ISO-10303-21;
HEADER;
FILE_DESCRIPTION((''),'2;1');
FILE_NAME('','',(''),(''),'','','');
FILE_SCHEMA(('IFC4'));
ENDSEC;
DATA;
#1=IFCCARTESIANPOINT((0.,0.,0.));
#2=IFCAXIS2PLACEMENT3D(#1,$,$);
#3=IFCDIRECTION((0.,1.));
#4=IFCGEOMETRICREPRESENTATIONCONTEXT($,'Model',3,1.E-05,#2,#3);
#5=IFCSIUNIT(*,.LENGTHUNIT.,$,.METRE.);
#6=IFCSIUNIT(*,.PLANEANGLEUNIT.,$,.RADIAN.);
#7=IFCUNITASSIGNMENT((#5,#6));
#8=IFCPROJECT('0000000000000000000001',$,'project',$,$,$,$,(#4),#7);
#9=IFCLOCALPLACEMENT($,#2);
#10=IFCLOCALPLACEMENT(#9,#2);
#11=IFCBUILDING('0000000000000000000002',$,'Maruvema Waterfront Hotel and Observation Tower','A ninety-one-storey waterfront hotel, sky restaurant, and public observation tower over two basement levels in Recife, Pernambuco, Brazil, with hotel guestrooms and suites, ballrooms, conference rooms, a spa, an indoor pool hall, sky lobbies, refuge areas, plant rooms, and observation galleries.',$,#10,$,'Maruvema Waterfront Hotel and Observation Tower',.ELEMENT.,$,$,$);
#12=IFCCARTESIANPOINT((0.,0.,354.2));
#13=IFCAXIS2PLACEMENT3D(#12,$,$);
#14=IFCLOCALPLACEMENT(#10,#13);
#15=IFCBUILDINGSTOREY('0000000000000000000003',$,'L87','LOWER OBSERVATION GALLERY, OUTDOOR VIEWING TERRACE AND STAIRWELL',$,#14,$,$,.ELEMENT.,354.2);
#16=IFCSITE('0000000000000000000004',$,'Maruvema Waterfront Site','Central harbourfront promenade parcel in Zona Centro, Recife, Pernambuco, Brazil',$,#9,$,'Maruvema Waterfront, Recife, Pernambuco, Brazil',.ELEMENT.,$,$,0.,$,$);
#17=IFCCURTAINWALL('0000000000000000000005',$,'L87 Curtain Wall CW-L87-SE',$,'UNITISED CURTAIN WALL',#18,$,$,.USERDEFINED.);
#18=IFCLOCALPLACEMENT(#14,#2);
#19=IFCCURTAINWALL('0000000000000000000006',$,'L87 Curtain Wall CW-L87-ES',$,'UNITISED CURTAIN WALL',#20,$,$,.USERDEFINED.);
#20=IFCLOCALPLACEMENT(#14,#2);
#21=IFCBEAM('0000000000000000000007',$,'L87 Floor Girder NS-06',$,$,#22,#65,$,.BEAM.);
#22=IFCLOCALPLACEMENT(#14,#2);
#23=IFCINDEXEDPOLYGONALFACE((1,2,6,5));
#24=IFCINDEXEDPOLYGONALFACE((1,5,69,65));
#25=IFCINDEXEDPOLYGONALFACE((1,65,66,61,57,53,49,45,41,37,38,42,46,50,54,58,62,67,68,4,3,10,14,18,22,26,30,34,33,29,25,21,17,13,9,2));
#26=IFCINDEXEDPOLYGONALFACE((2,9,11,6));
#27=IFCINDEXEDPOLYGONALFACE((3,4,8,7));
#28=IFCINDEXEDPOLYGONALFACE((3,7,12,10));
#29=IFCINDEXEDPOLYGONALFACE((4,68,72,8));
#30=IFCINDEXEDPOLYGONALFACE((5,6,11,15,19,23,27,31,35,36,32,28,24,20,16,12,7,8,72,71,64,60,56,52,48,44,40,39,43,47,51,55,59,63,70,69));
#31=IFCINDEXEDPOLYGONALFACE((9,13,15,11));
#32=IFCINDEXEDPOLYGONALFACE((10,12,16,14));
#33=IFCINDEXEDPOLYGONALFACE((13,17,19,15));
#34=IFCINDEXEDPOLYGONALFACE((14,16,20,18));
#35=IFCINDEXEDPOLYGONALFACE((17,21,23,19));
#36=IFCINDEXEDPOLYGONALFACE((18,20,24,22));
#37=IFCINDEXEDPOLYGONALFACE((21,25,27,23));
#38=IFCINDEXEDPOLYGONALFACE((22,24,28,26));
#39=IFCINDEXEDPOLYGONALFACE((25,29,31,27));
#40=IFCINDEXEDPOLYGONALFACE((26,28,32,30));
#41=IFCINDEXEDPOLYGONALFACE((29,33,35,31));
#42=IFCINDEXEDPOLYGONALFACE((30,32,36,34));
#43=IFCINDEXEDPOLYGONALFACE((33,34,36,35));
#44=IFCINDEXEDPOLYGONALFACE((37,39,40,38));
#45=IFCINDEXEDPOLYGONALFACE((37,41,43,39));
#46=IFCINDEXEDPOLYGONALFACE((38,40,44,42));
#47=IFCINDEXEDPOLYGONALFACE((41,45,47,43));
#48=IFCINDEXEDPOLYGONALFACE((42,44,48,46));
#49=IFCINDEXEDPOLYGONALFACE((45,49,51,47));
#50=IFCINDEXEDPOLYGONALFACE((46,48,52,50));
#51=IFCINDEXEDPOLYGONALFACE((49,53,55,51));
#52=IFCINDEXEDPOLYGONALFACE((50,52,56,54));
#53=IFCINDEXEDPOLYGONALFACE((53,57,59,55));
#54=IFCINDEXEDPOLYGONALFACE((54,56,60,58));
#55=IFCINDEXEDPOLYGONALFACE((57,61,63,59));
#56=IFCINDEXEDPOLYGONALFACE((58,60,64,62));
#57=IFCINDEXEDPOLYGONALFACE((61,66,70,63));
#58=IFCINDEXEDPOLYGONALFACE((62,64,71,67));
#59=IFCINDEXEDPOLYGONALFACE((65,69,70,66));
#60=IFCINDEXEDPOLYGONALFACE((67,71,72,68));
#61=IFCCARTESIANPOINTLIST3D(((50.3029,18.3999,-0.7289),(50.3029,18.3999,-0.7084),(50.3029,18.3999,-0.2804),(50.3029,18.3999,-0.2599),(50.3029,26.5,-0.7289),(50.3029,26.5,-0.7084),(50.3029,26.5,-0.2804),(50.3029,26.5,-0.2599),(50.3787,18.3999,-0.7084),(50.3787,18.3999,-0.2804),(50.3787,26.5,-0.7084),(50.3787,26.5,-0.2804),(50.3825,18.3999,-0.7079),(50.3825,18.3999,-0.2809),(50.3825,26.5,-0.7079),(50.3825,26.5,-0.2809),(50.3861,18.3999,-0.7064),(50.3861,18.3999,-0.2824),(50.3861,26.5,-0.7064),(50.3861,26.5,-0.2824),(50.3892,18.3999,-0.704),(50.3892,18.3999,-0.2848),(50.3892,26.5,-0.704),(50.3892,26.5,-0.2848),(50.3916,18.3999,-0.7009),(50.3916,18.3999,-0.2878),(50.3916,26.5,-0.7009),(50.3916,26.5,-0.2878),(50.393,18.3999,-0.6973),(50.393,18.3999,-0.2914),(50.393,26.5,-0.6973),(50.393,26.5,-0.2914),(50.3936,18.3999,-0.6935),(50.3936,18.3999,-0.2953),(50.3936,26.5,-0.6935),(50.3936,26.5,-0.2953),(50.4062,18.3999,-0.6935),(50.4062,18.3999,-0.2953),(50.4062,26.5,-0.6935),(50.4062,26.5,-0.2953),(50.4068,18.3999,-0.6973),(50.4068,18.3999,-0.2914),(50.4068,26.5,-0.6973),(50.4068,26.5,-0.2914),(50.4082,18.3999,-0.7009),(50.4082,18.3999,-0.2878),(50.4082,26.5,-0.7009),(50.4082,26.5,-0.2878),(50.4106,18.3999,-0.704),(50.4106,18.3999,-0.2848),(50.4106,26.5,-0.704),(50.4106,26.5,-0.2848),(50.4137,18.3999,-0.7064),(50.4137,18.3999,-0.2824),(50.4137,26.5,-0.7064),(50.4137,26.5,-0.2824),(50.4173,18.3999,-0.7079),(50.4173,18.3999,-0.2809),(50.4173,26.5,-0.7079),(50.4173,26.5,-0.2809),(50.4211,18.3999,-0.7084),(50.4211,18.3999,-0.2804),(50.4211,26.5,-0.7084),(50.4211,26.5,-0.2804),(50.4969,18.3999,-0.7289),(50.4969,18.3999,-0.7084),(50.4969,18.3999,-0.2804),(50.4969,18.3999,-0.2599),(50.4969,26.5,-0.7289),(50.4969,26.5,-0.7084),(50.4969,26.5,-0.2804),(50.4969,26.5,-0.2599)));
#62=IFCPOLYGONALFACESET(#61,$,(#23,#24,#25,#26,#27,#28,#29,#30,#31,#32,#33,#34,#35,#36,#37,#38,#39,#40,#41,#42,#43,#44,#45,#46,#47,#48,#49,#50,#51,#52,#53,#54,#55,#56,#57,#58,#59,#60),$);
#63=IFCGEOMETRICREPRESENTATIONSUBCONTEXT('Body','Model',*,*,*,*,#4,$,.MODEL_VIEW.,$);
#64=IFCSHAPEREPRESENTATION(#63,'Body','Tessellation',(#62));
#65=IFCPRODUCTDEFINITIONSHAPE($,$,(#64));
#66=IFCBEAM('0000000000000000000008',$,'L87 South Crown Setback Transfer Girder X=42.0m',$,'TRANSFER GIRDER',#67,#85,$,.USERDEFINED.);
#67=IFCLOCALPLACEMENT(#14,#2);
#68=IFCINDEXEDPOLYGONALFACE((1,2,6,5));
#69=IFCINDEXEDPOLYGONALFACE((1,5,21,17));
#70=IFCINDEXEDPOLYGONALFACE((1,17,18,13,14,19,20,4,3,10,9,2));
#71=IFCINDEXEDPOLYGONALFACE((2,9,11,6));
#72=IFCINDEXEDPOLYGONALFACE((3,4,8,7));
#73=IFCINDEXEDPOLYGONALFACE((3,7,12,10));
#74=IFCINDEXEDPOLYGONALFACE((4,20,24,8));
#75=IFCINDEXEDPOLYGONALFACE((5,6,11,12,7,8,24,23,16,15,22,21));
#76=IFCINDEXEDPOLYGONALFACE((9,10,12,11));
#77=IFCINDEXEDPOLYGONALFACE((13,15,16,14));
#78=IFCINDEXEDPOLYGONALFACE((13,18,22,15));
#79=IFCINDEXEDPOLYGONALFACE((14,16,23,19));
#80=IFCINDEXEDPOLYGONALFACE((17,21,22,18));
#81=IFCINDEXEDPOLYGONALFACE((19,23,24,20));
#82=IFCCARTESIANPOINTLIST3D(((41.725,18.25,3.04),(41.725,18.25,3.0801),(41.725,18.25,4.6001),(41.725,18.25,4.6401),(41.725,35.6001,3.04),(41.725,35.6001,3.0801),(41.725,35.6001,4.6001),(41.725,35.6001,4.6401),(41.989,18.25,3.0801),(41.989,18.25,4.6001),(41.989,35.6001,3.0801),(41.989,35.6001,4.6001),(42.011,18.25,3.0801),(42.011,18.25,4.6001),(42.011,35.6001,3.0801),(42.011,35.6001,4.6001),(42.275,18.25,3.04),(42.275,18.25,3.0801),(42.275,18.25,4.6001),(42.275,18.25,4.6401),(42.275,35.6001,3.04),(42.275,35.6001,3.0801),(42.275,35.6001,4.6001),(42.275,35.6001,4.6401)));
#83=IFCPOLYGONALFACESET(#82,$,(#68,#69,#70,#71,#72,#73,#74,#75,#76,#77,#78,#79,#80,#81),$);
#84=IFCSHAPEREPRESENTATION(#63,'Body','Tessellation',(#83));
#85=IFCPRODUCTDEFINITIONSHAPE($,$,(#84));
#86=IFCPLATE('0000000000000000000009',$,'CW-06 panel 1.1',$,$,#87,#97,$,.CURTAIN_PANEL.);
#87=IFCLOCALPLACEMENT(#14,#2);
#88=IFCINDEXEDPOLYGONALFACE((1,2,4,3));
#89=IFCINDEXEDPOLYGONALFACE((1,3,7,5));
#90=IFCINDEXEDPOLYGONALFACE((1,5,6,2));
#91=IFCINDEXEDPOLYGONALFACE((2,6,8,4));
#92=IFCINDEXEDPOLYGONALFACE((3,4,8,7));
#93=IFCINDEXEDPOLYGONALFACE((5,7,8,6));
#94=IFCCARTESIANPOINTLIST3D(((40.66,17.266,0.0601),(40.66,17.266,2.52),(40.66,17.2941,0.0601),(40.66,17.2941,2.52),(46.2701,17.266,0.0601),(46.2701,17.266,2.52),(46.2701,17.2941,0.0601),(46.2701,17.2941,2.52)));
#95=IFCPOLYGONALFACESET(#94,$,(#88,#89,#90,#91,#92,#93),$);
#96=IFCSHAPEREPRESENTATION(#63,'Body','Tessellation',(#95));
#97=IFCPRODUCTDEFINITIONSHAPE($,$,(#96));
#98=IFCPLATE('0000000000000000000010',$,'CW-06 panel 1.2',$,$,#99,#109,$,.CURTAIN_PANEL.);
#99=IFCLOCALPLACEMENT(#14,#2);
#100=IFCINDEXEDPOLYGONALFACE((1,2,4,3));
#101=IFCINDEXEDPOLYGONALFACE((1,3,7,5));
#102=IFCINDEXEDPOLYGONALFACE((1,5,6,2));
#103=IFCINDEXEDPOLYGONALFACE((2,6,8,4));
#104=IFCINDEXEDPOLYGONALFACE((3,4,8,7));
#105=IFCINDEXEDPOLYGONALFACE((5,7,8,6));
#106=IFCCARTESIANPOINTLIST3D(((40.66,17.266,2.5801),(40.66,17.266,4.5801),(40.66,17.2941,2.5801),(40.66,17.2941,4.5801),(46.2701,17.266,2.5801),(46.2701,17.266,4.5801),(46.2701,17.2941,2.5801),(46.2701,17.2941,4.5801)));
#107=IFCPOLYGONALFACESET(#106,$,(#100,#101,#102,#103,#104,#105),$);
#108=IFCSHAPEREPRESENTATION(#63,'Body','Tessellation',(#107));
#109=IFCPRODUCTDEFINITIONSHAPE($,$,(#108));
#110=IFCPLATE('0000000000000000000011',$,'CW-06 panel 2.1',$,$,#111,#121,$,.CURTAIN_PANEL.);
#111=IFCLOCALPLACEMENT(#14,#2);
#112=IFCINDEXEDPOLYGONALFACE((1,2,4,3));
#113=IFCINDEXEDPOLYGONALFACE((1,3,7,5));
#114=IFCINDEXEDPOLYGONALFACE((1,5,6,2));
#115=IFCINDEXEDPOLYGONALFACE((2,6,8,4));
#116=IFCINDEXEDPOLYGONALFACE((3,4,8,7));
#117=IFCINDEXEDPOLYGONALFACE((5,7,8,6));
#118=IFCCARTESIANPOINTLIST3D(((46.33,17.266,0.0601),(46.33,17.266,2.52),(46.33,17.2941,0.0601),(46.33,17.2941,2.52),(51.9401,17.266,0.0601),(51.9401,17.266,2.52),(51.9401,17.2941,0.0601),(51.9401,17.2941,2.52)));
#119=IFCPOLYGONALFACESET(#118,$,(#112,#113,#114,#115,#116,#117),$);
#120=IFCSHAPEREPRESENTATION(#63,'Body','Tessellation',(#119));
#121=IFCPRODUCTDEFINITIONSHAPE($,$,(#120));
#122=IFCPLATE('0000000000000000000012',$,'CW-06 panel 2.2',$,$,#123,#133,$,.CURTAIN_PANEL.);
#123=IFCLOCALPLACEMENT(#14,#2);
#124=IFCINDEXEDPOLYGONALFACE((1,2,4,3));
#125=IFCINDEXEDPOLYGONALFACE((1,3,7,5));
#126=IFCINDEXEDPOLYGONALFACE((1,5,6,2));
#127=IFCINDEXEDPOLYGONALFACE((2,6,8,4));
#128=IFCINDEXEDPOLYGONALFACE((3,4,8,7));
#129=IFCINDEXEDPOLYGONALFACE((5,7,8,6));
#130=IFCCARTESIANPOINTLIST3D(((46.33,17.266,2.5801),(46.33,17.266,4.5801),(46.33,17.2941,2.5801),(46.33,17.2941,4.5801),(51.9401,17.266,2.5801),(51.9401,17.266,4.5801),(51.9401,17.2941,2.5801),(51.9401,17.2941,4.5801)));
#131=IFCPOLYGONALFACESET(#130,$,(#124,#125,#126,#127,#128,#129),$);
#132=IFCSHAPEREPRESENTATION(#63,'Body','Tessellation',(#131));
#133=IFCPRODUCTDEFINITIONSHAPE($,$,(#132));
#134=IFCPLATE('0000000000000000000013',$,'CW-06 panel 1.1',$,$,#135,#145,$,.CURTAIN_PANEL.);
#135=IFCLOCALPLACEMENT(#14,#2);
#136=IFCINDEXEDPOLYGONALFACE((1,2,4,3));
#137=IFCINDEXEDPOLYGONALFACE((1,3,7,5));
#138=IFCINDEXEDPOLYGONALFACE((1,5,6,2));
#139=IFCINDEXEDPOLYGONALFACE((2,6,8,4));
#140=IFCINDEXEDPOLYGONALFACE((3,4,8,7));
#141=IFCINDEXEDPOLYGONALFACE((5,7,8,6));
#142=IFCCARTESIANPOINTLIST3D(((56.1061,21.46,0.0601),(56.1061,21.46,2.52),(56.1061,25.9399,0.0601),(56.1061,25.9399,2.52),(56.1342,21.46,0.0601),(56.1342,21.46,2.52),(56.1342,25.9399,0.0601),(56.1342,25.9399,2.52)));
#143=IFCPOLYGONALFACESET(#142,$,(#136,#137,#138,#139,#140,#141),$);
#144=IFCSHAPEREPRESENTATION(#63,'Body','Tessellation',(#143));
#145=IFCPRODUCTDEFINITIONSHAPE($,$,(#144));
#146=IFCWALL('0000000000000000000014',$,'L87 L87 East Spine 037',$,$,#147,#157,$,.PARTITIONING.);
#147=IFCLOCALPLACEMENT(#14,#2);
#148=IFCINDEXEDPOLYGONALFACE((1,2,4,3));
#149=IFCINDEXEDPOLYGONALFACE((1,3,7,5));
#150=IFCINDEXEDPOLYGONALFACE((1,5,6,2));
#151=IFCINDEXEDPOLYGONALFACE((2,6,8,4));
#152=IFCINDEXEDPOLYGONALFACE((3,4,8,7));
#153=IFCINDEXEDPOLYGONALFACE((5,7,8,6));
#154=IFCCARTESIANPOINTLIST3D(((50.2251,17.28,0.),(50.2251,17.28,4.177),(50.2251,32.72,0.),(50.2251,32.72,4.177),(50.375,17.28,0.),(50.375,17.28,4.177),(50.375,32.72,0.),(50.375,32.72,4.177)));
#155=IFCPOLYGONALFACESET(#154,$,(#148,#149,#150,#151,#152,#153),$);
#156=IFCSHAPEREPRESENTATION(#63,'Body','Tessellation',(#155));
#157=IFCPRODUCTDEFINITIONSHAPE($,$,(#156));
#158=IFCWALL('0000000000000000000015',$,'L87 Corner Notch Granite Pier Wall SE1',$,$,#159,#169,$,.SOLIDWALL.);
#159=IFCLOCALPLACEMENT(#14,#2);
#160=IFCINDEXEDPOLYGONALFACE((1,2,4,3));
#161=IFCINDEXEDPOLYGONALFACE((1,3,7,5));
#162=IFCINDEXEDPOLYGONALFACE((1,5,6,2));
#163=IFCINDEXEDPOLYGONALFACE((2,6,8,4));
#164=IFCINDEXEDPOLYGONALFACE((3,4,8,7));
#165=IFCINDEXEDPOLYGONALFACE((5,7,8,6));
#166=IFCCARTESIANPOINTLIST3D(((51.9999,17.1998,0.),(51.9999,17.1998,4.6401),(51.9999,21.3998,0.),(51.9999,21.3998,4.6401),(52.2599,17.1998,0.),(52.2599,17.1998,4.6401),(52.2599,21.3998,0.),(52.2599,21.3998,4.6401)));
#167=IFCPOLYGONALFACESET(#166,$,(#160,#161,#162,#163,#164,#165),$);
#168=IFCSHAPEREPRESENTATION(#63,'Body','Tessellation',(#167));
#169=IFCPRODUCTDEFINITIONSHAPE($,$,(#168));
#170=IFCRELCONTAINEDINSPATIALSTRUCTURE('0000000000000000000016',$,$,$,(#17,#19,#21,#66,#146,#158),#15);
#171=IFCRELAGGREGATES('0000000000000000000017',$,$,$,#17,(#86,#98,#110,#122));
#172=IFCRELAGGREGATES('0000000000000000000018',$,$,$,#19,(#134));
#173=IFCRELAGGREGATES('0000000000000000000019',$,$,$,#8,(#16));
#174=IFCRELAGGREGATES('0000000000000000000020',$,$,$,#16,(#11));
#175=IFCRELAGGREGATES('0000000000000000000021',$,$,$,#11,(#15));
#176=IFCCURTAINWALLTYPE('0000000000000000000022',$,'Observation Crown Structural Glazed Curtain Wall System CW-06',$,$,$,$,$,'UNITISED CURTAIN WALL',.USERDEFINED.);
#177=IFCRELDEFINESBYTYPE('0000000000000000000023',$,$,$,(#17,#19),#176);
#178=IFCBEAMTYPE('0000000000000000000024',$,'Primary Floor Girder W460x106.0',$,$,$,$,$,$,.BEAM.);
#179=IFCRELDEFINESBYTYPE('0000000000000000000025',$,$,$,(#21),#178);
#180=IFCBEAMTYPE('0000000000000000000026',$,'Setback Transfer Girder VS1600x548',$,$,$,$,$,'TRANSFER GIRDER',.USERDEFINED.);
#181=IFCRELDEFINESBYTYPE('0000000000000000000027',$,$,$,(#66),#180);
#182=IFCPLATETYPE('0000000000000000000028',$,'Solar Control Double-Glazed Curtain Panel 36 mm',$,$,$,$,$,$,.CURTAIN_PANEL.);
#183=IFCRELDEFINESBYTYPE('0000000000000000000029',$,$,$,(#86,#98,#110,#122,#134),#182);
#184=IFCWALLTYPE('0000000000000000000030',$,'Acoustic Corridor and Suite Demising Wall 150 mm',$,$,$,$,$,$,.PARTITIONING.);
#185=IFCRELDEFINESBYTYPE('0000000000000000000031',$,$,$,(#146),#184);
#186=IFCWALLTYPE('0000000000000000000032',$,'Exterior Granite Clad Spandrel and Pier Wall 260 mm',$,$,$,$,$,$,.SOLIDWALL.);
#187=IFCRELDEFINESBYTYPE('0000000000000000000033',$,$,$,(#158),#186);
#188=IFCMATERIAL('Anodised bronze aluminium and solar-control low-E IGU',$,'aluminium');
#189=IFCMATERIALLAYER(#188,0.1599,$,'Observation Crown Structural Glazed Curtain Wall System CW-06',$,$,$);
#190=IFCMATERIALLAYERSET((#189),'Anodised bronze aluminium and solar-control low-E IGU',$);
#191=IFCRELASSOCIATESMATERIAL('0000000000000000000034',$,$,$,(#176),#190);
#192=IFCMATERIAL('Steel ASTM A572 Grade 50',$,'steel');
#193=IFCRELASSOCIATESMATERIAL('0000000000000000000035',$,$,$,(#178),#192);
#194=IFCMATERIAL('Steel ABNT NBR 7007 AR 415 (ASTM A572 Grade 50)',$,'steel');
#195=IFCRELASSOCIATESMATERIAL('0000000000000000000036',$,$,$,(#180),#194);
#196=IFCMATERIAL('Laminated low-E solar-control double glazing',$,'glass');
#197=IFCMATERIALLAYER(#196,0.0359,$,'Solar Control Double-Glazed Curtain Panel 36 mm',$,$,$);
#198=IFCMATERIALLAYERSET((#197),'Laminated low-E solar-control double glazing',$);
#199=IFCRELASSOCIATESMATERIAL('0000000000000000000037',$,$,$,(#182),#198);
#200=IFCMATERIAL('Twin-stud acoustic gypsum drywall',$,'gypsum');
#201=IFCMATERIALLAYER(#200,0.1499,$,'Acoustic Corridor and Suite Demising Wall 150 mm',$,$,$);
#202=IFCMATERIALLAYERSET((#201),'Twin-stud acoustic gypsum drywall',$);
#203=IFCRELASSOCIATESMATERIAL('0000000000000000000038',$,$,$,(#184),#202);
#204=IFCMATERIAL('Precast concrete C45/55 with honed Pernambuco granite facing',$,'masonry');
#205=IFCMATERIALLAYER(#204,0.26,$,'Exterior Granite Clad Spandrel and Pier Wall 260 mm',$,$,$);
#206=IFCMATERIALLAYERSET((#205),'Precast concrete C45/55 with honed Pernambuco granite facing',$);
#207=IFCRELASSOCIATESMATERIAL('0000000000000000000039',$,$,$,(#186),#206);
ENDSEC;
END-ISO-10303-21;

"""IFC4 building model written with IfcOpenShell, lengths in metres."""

from ifc_helpers import new_model, si_unit, direction, frame, frame_2d, origin, origin_2d, place, context, subcontext, project, spatial, rectangle, i_section, extrude, material, layer, layer_set, material_profile, profile_set, type_object, element, aggregate, save


model = new_model("IFC4")

# Units and contexts
model_context = context("Model", 3, precision=1e-05, world=origin(), true_north=direction((0.0, 1.0)))
body_context = subcontext(model_context, "Body", "Model", "MODEL_VIEW")
ifc_project = project(units=[si_unit("LENGTHUNIT", "METRE"), si_unit("PLANEANGLEUNIT", "RADIAN")], contexts=[model_context])

# Site, building, storey
site_placement = place(None, origin())
site = spatial("IfcSite", under=ifc_project, at=site_placement, Name="Maruvema Waterfront Site", Description="Central harbourfront promenade parcel in Zona Centro, Recife, Pernambuco, Brazil", LongName="Maruvema Waterfront, Recife, Pernambuco, Brazil", CompositionType="ELEMENT", RefElevation=0.0)
building_placement = place(site_placement, origin())
building = spatial("IfcBuilding", under=site, at=building_placement, Name="Maruvema Waterfront Hotel and Observation Tower", Description="A ninety-one-storey waterfront hotel, sky restaurant, and public observation tower over two basement levels in Recife, Pernambuco, Brazil, with hotel guestrooms and suites, ballrooms, conference rooms, a spa, an indoor pool hall, sky lobbies, refuge areas, plant rooms, and observation galleries.", LongName="Maruvema Waterfront Hotel and Observation Tower", CompositionType="ELEMENT")
storey_placement = place(building_placement, frame((0.0, 0.0, 354.2)))
storey = spatial("IfcBuildingStorey", under=building, at=storey_placement, Name="L87", Description="LOWER OBSERVATION GALLERY, OUTDOOR VIEWING TERRACE AND STAIRWELL", CompositionType="ELEMENT", Elevation=354.2)

# Curtain walls
ifc_material_1 = material(Name="Anodised bronze aluminium and solar-control low-E IGU", Category="aluminium")
ifc_layer_1 = layer(ifc_material_1, 0.1599, Name="Observation Crown Structural Glazed Curtain Wall System CW-06")
ifc_layer_set_1 = layer_set([ifc_layer_1], Name="Anodised bronze aluminium and solar-control low-E IGU")
curtain_wall_type = type_object("IfcCurtainWallType", Name="Observation Crown Structural Glazed Curtain Wall System CW-06", ElementType="UNITISED CURTAIN WALL", PredefinedType="USERDEFINED", material=ifc_layer_set_1)
curtain_wall_1_placement = place(storey_placement, origin())
curtain_wall_1 = element("IfcCurtainWall", 1, at=curtain_wall_1_placement, inside=storey, type_object=curtain_wall_type, Name="L87 Curtain Wall CW-L87-SE", ObjectType="UNITISED CURTAIN WALL", PredefinedType="USERDEFINED")
curtain_wall_2_placement = place(storey_placement, origin())
curtain_wall_2 = element("IfcCurtainWall", 2, at=curtain_wall_2_placement, inside=storey, type_object=curtain_wall_type, Name="L87 Curtain Wall CW-L87-ES", ObjectType="UNITISED CURTAIN WALL", PredefinedType="USERDEFINED")

# Beams
ifc_material_2 = material(Name="Steel ASTM A572 Grade 50", Category="steel")
ifc_material_profile_1 = material_profile(ifc_material_2, i_section(OverallWidth=0.1941, OverallDepth=0.469, WebThickness=0.0127, FlangeThickness=0.0205, FilletRadius=0.0149, at=origin_2d()), Name="W460x106.0")
ifc_profile_set_1 = profile_set([ifc_material_profile_1], Name="Steel ASTM A572 Grade 50")
beam_type_1 = type_object("IfcBeamType", Name="Primary Floor Girder W460x106.0", PredefinedType="BEAM", material=ifc_profile_set_1)
beam_1_placement = place(storey_placement, frame((50.3999, 18.3999, -0.4944), z_axis=(0.0, 1.0, 0.0), x_axis=(-1.0, 0.0, 0.0)))
element("IfcBeam", 3, at=beam_1_placement, inside=storey, type_object=beam_type_1, Name="L87 Floor Girder NS-06", PredefinedType="BEAM", context=body_context, shape_type="SweptSolid", body=[
    extrude(i_section(OverallWidth=0.1941, OverallDepth=0.469, WebThickness=0.0127, FlangeThickness=0.0205, FilletRadius=0.0149, at=origin_2d()), origin(), (0.0, 0.0, 1.0), 8.1001),
])
ifc_material_3 = material(Name="Steel ABNT NBR 7007 AR 415 (ASTM A572 Grade 50)", Category="steel")
ifc_material_profile_2 = material_profile(ifc_material_3, i_section(OverallWidth=0.55, OverallDepth=1.6001, WebThickness=0.022, FlangeThickness=0.04, at=origin_2d()), Name="VS1600x548")
ifc_profile_set_2 = profile_set([ifc_material_profile_2], Name="Steel ABNT NBR 7007 AR 415 (ASTM A572 Grade 50)")
beam_type_2 = type_object("IfcBeamType", Name="Setback Transfer Girder VS1600x548", ElementType="TRANSFER GIRDER", PredefinedType="USERDEFINED", material=ifc_profile_set_2)
beam_2_placement = place(storey_placement, frame((42.0, 18.25, 3.8401), z_axis=(0.0, 1.0, 0.0), x_axis=(-1.0, 0.0, 0.0)))
element("IfcBeam", 4, at=beam_2_placement, inside=storey, type_object=beam_type_2, Name="L87 South Crown Setback Transfer Girder X=42.0m", ObjectType="TRANSFER GIRDER", PredefinedType="USERDEFINED", context=body_context, shape_type="SweptSolid", body=[
    extrude(i_section(OverallWidth=0.55, OverallDepth=1.6001, WebThickness=0.022, FlangeThickness=0.04, at=origin_2d()), origin(), (0.0, 0.0, 1.0), 17.3501),
])

# Plates
ifc_material_4 = material(Name="Laminated low-E solar-control double glazing", Category="glass")
ifc_layer_2 = layer(ifc_material_4, 0.0359, Name="Solar Control Double-Glazed Curtain Panel 36 mm")
ifc_layer_set_2 = layer_set([ifc_layer_2], Name="Laminated low-E solar-control double glazing")
plate_type = type_object("IfcPlateType", Name="Solar Control Double-Glazed Curtain Panel 36 mm", PredefinedType="CURTAIN_PANEL", material=ifc_layer_set_2)
plate_1_placement = place(storey_placement, frame((43.4651, 17.28, 0.0601), z_axis=(0.0, 0.0, 1.0), x_axis=(1.0, 0.0, 0.0)))
plate_1 = element("IfcPlate", 5, at=plate_1_placement, type_object=plate_type, Name="CW-06 panel 1.1", PredefinedType="CURTAIN_PANEL", context=body_context, shape_type="SweptSolid", body=[
    extrude(rectangle(XDim=5.6101, YDim=0.0281, at=origin_2d()), origin(), (0.0, 0.0, 1.0), 2.46),
])
plate_2_placement = place(storey_placement, frame((43.4651, 17.28, 2.5801), z_axis=(0.0, 0.0, 1.0), x_axis=(1.0, 0.0, 0.0)))
plate_2 = element("IfcPlate", 6, at=plate_2_placement, type_object=plate_type, Name="CW-06 panel 1.2", PredefinedType="CURTAIN_PANEL", context=body_context, shape_type="SweptSolid", body=[
    extrude(rectangle(XDim=5.6101, YDim=0.0281, at=origin_2d()), origin(), (0.0, 0.0, 1.0), 2.0),
])
plate_3_placement = place(storey_placement, frame((49.135, 17.28, 0.0601), z_axis=(0.0, 0.0, 1.0), x_axis=(1.0, 0.0, 0.0)))
plate_3 = element("IfcPlate", 7, at=plate_3_placement, type_object=plate_type, Name="CW-06 panel 2.1", PredefinedType="CURTAIN_PANEL", context=body_context, shape_type="SweptSolid", body=[
    extrude(rectangle(XDim=5.6101, YDim=0.0281, at=origin_2d()), origin(), (0.0, 0.0, 1.0), 2.46),
])
plate_4_placement = place(storey_placement, frame((49.135, 17.28, 2.5801), z_axis=(0.0, 0.0, 1.0), x_axis=(1.0, 0.0, 0.0)))
plate_4 = element("IfcPlate", 8, at=plate_4_placement, type_object=plate_type, Name="CW-06 panel 2.2", PredefinedType="CURTAIN_PANEL", context=body_context, shape_type="SweptSolid", body=[
    extrude(rectangle(XDim=5.6101, YDim=0.0281, at=origin_2d()), origin(), (0.0, 0.0, 1.0), 2.0),
])
aggregate(curtain_wall_1, [plate_1, plate_2, plate_3, plate_4])
plate_5_placement = place(storey_placement, frame((56.1201, 23.7, 0.0601), z_axis=(0.0, 0.0, 1.0), x_axis=(0.0, 1.0, 0.0)))
plate_5 = element("IfcPlate", 9, at=plate_5_placement, type_object=plate_type, Name="CW-06 panel 1.1", PredefinedType="CURTAIN_PANEL", context=body_context, shape_type="SweptSolid", body=[
    extrude(rectangle(XDim=4.48, YDim=0.0281, at=origin_2d()), origin(), (0.0, 0.0, 1.0), 2.46),
])
aggregate(curtain_wall_2, [plate_5])

# Walls
ifc_material_5 = material(Name="Twin-stud acoustic gypsum drywall", Category="gypsum")
ifc_layer_3 = layer(ifc_material_5, 0.1499, Name="Acoustic Corridor and Suite Demising Wall 150 mm")
ifc_layer_set_3 = layer_set([ifc_layer_3], Name="Twin-stud acoustic gypsum drywall")
wall_type_1 = type_object("IfcWallType", Name="Acoustic Corridor and Suite Demising Wall 150 mm", PredefinedType="PARTITIONING", material=ifc_layer_set_3)
wall_1_placement = place(storey_placement, frame((50.3, 17.28, 0.0), z_axis=(0.0, 0.0, 1.0), x_axis=(0.0, 1.0, 0.0)))
element("IfcWall", 10, at=wall_1_placement, inside=storey, type_object=wall_type_1, Name="L87 L87 East Spine 037", PredefinedType="PARTITIONING", context=body_context, shape_type="SweptSolid", body=[
    extrude(rectangle(XDim=15.4399, YDim=0.1499, at=frame_2d((7.72, 0.0))), origin(), (0.0, 0.0, 1.0), 4.177),
])
ifc_material_6 = material(Name="Precast concrete C45/55 with honed Pernambuco granite facing", Category="masonry")
ifc_layer_4 = layer(ifc_material_6, 0.26, Name="Exterior Granite Clad Spandrel and Pier Wall 260 mm")
ifc_layer_set_4 = layer_set([ifc_layer_4], Name="Precast concrete C45/55 with honed Pernambuco granite facing")
wall_type_2 = type_object("IfcWallType", Name="Exterior Granite Clad Spandrel and Pier Wall 260 mm", PredefinedType="SOLIDWALL", material=ifc_layer_set_4)
wall_2_placement = place(storey_placement, frame((52.1299, 21.3999, 0.0), z_axis=(0.0, 0.0, 1.0), x_axis=(0.0, -1.0, 0.0)))
element("IfcWall", 11, at=wall_2_placement, inside=storey, type_object=wall_type_2, Name="L87 Corner Notch Granite Pier Wall SE1", PredefinedType="SOLIDWALL", context=body_context, shape_type="SweptSolid", body=[
    extrude(rectangle(XDim=4.2, YDim=0.26, at=frame_2d((2.1001, 0.0))), origin(), (0.0, 0.0, 1.0), 4.6401),
])

save(model, "model.ifc")
